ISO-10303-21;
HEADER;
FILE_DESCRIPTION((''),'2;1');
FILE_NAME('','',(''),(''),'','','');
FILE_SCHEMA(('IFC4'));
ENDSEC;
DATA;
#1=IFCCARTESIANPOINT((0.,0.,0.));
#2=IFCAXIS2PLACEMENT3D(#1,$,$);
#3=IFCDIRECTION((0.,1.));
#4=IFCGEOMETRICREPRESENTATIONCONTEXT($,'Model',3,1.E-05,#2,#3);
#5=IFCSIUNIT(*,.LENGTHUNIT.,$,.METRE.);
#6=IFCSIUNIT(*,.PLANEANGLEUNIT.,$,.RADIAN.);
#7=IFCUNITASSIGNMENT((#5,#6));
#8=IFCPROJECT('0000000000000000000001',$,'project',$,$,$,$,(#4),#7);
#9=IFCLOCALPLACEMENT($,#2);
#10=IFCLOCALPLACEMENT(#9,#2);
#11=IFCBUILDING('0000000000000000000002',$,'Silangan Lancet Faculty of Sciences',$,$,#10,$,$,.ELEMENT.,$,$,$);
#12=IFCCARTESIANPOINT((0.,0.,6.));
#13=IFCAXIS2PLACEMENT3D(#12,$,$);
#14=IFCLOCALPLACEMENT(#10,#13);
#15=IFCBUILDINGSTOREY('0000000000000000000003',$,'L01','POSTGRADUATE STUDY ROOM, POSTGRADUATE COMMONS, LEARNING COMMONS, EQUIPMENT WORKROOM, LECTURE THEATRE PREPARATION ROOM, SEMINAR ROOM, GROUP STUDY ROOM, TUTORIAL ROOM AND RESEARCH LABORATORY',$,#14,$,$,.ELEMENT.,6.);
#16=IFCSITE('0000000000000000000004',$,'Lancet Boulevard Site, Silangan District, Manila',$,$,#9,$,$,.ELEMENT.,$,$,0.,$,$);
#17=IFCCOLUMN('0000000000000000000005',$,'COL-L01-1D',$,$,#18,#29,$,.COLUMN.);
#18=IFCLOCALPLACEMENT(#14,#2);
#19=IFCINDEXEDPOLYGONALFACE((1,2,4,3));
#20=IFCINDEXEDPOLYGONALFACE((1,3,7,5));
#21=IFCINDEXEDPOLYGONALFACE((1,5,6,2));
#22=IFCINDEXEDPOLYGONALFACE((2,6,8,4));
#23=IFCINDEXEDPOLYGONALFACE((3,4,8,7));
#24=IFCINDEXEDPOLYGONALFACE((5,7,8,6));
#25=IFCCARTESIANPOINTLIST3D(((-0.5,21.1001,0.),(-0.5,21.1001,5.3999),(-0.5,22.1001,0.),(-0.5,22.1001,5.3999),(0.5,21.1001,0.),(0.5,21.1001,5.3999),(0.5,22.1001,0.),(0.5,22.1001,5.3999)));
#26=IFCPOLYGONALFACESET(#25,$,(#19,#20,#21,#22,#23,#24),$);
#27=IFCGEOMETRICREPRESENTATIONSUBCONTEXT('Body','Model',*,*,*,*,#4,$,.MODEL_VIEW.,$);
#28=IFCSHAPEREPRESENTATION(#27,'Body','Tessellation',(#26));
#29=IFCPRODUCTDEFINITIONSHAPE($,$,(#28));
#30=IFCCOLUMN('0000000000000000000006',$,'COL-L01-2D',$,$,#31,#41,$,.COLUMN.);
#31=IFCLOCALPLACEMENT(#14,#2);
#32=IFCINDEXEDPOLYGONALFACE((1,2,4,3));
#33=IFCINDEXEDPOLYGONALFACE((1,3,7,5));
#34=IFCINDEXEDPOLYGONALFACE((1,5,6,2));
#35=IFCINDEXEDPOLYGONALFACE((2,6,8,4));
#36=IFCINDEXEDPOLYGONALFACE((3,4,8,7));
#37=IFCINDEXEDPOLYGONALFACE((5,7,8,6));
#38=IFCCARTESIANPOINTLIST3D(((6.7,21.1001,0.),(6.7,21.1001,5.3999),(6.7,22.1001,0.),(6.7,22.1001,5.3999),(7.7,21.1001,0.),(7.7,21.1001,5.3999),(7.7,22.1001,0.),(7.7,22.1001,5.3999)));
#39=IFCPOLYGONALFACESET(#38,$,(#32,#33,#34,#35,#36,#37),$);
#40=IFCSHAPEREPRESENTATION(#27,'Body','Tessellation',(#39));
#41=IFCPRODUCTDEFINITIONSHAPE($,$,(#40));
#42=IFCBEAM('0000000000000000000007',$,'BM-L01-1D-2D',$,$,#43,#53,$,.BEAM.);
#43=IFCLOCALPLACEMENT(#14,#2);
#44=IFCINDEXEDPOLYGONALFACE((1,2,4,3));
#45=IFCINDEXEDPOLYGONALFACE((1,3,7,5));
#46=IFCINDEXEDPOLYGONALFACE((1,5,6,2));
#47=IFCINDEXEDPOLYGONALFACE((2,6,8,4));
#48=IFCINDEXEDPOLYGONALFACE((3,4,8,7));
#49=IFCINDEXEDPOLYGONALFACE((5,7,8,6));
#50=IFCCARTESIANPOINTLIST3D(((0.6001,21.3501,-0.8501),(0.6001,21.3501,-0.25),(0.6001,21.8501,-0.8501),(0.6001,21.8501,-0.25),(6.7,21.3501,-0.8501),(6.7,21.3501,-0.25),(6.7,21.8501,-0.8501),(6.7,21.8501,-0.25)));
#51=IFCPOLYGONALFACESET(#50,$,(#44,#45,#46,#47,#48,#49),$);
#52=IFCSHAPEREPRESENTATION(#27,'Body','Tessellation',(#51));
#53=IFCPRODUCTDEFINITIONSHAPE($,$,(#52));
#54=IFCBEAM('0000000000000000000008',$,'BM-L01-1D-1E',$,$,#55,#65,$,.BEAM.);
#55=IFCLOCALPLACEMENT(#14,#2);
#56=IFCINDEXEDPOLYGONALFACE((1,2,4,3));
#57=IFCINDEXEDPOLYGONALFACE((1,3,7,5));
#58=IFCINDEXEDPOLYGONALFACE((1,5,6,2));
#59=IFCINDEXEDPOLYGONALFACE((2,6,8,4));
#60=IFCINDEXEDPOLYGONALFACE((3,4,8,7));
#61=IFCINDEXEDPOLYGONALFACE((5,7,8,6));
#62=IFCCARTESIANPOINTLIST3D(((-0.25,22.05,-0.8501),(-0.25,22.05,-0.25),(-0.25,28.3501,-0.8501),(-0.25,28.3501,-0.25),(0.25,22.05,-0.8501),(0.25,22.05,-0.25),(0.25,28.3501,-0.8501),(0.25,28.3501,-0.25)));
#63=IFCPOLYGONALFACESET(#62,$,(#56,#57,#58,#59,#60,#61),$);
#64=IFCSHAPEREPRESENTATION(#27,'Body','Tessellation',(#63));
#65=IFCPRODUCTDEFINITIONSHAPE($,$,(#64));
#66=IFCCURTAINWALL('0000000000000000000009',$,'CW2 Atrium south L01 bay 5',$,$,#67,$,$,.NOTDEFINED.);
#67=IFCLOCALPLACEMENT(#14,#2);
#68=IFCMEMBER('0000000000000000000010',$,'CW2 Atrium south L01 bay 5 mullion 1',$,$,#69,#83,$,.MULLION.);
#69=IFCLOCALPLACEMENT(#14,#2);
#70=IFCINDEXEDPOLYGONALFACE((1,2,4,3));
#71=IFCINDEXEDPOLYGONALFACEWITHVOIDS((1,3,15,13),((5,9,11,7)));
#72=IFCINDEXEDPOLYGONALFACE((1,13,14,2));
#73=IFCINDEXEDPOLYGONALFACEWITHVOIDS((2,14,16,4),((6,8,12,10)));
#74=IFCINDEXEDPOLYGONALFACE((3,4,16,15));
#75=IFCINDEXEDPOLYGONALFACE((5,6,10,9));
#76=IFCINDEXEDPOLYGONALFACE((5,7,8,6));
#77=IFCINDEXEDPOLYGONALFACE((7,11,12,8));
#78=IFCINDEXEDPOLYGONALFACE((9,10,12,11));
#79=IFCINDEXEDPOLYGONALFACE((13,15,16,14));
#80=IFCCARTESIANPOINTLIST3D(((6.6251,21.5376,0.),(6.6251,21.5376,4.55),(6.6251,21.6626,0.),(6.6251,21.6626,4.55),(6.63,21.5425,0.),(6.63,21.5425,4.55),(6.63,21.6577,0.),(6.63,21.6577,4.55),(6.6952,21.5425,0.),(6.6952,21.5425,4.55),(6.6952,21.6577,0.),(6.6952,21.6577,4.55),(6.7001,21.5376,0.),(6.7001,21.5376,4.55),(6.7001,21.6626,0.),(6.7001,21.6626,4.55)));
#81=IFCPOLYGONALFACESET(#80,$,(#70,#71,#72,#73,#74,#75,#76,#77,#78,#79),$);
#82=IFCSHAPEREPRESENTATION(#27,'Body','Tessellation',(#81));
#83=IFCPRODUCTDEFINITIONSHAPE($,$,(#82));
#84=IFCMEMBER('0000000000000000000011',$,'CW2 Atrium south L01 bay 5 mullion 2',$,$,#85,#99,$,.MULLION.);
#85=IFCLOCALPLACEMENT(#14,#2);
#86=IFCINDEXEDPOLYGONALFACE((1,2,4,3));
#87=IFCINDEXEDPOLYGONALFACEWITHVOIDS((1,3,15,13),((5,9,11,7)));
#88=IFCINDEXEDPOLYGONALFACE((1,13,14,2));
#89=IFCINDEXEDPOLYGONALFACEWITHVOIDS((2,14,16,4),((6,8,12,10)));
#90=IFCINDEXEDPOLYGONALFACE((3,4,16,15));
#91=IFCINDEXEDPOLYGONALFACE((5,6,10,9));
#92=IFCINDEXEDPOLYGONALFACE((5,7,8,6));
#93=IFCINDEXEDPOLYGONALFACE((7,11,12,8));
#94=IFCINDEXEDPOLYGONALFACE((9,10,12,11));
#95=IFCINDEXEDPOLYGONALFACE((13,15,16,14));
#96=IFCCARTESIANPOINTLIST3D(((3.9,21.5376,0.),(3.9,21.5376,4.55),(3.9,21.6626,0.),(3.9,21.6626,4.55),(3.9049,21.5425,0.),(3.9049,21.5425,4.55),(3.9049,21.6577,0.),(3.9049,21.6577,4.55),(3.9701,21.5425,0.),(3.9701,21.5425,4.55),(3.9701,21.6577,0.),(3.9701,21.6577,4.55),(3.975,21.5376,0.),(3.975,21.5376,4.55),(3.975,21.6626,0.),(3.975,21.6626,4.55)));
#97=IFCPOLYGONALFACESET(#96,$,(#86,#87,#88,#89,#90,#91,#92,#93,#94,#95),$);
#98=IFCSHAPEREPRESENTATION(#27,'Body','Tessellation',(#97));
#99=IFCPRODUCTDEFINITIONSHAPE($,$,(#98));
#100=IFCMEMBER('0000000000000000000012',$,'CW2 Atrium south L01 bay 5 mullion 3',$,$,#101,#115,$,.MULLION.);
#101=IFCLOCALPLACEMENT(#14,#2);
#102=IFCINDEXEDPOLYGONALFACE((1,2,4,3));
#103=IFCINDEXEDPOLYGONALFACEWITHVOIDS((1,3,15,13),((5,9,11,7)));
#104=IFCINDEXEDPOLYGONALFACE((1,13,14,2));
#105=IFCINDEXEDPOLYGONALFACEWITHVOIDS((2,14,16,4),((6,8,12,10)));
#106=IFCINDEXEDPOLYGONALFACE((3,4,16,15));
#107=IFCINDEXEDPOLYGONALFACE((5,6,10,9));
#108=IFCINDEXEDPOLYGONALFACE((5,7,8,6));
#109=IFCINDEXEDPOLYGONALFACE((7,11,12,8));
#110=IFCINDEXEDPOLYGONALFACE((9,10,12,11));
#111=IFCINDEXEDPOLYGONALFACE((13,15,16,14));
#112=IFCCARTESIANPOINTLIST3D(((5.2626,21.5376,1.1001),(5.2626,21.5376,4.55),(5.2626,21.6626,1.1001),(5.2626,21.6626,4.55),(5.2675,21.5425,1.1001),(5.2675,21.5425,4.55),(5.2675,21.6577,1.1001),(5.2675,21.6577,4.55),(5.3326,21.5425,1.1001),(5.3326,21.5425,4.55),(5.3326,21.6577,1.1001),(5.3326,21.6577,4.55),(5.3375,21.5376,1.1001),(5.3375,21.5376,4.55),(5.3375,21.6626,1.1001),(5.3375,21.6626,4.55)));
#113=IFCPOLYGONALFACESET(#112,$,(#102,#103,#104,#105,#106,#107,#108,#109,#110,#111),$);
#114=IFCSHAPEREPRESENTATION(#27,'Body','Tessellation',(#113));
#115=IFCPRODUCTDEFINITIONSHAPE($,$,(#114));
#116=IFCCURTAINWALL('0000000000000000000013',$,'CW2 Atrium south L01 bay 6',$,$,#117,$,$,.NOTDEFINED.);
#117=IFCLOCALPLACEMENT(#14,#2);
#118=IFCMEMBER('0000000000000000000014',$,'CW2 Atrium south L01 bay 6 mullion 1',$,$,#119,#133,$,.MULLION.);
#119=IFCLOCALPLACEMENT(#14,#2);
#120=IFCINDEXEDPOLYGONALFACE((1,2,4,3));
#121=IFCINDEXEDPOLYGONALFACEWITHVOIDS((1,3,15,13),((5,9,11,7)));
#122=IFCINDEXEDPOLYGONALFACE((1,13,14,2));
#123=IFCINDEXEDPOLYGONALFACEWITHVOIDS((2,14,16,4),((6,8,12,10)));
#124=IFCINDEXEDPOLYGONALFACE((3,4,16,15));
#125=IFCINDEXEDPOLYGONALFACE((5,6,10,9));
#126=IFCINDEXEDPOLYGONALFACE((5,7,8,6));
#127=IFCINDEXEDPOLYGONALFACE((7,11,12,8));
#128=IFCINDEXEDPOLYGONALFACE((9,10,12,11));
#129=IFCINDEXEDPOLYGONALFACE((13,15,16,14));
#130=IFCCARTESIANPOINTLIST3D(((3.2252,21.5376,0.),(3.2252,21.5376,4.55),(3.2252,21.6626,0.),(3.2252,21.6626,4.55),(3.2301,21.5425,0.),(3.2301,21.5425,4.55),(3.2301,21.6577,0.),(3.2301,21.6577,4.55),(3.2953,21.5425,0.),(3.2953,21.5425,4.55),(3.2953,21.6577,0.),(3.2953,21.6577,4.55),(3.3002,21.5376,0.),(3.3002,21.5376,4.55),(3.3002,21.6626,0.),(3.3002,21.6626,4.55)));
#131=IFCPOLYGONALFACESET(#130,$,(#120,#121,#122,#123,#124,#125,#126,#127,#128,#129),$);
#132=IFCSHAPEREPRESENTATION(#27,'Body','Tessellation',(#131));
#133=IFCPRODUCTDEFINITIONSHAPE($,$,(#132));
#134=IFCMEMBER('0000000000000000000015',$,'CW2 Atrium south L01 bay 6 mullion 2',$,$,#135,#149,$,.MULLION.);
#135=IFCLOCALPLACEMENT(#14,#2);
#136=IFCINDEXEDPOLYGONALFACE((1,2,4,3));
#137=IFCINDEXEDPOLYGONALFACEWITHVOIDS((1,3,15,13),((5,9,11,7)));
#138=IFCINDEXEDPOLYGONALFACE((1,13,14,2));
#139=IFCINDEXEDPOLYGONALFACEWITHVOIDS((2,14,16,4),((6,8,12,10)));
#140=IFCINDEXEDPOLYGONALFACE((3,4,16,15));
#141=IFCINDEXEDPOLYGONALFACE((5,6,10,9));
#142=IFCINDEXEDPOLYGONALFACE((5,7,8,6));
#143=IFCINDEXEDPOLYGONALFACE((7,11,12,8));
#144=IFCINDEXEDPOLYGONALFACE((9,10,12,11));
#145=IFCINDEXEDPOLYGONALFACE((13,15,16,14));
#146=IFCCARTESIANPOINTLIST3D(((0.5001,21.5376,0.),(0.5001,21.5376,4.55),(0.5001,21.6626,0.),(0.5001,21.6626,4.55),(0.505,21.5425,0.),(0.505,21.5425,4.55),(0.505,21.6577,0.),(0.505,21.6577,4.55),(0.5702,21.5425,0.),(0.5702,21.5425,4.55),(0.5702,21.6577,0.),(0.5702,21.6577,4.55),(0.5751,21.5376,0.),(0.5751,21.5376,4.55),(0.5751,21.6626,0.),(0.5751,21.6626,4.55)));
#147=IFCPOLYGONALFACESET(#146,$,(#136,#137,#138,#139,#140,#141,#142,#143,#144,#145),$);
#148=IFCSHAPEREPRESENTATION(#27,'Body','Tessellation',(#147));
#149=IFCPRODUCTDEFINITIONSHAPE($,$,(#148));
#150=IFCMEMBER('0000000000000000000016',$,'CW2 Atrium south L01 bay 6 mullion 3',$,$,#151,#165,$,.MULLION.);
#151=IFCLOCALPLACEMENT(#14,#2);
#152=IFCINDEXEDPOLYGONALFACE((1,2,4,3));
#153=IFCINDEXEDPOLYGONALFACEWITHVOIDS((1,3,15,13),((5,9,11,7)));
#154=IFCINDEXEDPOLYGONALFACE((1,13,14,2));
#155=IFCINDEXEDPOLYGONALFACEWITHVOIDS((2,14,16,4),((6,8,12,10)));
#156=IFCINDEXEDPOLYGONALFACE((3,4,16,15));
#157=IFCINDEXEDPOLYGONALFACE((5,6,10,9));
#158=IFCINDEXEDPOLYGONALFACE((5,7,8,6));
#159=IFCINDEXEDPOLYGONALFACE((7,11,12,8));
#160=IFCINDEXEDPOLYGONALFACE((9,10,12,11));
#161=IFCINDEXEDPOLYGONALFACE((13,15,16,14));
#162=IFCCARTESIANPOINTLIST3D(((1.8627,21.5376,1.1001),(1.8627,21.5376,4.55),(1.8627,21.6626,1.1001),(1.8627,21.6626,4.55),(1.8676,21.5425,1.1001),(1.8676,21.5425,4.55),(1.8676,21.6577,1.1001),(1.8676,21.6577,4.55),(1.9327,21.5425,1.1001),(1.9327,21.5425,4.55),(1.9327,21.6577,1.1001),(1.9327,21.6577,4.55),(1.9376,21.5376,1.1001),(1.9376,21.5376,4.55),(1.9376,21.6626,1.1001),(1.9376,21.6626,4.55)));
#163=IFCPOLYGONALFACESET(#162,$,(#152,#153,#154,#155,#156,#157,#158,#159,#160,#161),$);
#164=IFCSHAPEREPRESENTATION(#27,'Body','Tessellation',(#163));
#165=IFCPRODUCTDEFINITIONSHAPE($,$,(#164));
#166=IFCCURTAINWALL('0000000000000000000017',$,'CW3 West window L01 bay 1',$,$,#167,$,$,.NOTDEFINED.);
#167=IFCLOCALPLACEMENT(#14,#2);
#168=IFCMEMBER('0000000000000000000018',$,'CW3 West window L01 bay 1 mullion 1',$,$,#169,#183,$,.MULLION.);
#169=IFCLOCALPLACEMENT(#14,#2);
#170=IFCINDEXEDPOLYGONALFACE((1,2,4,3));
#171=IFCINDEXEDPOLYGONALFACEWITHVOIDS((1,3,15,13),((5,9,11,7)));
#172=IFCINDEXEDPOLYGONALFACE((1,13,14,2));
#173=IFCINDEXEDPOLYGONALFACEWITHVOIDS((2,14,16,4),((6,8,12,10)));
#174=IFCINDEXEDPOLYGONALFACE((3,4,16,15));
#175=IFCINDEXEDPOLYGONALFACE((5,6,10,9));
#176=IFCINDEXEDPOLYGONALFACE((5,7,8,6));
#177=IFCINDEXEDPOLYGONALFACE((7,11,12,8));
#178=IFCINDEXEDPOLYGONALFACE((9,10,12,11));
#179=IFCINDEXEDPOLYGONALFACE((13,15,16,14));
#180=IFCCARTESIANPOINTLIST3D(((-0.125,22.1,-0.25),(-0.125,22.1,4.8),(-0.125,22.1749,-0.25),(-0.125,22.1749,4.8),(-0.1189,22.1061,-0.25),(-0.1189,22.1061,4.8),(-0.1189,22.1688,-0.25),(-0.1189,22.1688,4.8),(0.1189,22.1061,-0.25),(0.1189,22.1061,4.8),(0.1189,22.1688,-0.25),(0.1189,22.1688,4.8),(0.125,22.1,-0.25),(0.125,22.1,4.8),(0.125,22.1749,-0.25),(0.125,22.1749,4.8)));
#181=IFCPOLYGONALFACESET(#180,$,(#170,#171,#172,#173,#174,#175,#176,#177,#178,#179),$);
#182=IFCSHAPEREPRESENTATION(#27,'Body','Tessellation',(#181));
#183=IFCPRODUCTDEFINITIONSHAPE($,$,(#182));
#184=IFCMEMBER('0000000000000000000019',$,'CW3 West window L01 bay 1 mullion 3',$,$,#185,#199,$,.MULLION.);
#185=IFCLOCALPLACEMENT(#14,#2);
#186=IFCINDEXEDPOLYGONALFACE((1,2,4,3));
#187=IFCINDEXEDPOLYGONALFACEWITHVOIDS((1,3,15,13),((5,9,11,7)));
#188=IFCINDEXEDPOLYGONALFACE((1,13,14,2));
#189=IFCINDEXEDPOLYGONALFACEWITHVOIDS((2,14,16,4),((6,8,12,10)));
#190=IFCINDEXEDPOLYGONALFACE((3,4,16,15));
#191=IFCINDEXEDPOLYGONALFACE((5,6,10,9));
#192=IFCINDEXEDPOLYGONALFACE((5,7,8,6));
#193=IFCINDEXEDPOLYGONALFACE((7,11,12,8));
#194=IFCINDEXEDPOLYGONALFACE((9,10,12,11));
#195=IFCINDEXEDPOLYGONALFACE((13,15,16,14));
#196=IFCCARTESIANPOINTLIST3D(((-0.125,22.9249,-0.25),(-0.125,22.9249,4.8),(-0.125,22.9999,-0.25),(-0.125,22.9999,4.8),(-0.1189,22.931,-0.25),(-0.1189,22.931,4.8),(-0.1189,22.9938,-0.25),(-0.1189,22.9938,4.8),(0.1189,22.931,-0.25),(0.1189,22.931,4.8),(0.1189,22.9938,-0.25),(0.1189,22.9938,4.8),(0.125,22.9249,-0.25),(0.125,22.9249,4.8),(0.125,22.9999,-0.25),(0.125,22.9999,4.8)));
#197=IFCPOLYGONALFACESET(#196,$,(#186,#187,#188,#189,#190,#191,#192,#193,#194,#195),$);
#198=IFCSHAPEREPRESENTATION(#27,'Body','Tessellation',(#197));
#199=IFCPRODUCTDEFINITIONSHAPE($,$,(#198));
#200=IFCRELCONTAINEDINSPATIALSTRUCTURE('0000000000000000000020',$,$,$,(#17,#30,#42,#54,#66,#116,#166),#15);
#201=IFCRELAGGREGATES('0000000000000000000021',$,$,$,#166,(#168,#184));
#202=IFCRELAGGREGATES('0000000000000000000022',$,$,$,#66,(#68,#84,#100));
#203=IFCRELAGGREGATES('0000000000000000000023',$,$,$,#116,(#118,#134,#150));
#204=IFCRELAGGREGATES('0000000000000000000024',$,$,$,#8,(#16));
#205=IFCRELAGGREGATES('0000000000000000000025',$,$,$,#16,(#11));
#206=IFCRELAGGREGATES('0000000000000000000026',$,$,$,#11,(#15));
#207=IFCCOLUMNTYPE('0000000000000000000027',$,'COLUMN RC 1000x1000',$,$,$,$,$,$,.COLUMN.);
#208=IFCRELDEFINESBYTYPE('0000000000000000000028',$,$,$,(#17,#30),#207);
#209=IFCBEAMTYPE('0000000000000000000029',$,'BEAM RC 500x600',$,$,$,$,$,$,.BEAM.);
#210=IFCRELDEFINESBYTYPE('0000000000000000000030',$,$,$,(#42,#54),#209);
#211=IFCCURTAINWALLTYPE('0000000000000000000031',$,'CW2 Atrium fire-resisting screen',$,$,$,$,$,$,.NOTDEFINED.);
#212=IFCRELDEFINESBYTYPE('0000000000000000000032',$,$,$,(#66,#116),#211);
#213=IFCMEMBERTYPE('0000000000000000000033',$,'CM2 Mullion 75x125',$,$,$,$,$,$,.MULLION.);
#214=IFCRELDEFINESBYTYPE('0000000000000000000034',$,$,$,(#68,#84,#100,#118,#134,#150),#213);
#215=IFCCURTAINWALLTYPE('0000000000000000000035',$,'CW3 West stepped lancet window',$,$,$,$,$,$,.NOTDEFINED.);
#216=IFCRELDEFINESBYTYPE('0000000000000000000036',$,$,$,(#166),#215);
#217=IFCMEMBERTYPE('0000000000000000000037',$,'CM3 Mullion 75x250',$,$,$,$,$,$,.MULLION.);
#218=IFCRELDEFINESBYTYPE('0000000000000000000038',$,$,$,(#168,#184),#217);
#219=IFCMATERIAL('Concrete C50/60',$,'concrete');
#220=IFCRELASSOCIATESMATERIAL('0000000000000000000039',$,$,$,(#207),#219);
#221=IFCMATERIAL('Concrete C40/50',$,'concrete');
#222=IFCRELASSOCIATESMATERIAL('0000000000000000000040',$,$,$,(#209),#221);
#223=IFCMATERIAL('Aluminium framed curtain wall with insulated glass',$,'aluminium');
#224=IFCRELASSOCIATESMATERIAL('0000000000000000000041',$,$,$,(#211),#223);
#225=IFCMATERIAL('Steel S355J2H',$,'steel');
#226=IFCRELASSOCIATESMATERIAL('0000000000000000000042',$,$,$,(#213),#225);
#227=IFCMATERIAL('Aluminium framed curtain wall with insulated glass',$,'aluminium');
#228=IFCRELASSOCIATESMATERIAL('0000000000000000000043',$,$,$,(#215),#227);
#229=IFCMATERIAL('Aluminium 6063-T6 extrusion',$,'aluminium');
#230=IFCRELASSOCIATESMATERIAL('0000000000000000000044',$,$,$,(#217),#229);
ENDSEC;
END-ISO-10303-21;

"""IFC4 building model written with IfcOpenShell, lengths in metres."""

from ifc_helpers import new_model, si_unit, direction, frame, origin, origin_2d, place, context, subcontext, project, spatial, rectangle, hollow_rectangle, extrude, material, material_profile, profile_set, type_object, element, aggregate, save


model = new_model("IFC4")

# Units and contexts
model_context = context("Model", 3, precision=1e-05, world=origin(), true_north=direction((0.0, 1.0)))
body_context = subcontext(model_context, "Body", "Model", "MODEL_VIEW")
ifc_project = project(units=[si_unit("LENGTHUNIT", "METRE"), si_unit("PLANEANGLEUNIT", "RADIAN")], contexts=[model_context])

# Site, building, storey
site_placement = place(None, origin())
site = spatial("IfcSite", under=ifc_project, at=site_placement, Name="Lancet Boulevard Site, Silangan District, Manila", CompositionType="ELEMENT", RefElevation=0.0)
building_placement = place(site_placement, origin())
building = spatial("IfcBuilding", under=site, at=building_placement, Name="Silangan Lancet Faculty of Sciences", CompositionType="ELEMENT")
storey_placement = place(building_placement, frame((0.0, 0.0, 6.0)))
storey = spatial("IfcBuildingStorey", under=building, at=storey_placement, Name="L01", Description="POSTGRADUATE STUDY ROOM, POSTGRADUATE COMMONS, LEARNING COMMONS, EQUIPMENT WORKROOM, LECTURE THEATRE PREPARATION ROOM, SEMINAR ROOM, GROUP STUDY ROOM, TUTORIAL ROOM AND RESEARCH LABORATORY", CompositionType="ELEMENT", Elevation=6.0)

# Columns
ifc_material_1 = material(Name="Concrete C50/60", Category="concrete")
ifc_material_profile_1 = material_profile(ifc_material_1, rectangle(XDim=1.0, YDim=1.0, at=origin_2d()), Name="RC 1000x1000")
ifc_profile_set_1 = profile_set([ifc_material_profile_1], Name="Concrete C50/60")
column_type = type_object("IfcColumnType", Name="COLUMN RC 1000x1000", PredefinedType="COLUMN", material=ifc_profile_set_1)
for number, where, z_axis, x_axis, name in (
    (1, (0.0, 21.6001, 0.0), (0.0, 0.0, 1.0), (1.0, 0.0, 0.0), "COL-L01-1D"),
    (2, (7.2, 21.6001, 0.0), (0.0, 0.0, 1.0), (1.0, 0.0, 0.0), "COL-L01-2D"),
):
    element("IfcColumn", number, at=place(storey_placement, frame(where, z_axis=z_axis, x_axis=x_axis)), inside=storey, type_object=column_type, Name=name, PredefinedType="COLUMN", context=body_context, shape_type="SweptSolid", body=[
        extrude(rectangle(XDim=1.0, YDim=1.0, at=origin_2d()), origin(), (0.0, 0.0, 1.0), 5.3999),
    ])

# Beams
ifc_material_2 = material(Name="Concrete C40/50", Category="concrete")
ifc_material_profile_2 = material_profile(ifc_material_2, rectangle(XDim=0.5, YDim=0.6001, at=origin_2d()), Name="RC 500x600")
ifc_profile_set_2 = profile_set([ifc_material_profile_2], Name="Concrete C40/50")
beam_type = type_object("IfcBeamType", Name="BEAM RC 500x600", PredefinedType="BEAM", material=ifc_profile_set_2)
beam_1_placement = place(storey_placement, frame((0.6001, 21.6001, -0.55), z_axis=(1.0, 0.0, 0.0), x_axis=(0.0, 1.0, 0.0)))
element("IfcBeam", 3, at=beam_1_placement, inside=storey, type_object=beam_type, Name="BM-L01-1D-2D", PredefinedType="BEAM", context=body_context, shape_type="SweptSolid", body=[
    extrude(rectangle(XDim=0.5, YDim=0.6001, at=origin_2d()), origin(), (0.0, 0.0, 1.0), 6.0999),
])
beam_2_placement = place(storey_placement, frame((0.0, 22.05, -0.55), z_axis=(0.0, 1.0, 0.0), x_axis=(-1.0, 0.0, 0.0)))
element("IfcBeam", 4, at=beam_2_placement, inside=storey, type_object=beam_type, Name="BM-L01-1D-1E", PredefinedType="BEAM", context=body_context, shape_type="SweptSolid", body=[
    extrude(rectangle(XDim=0.5, YDim=0.6001, at=origin_2d()), origin(), (0.0, 0.0, 1.0), 6.3),
])

# Curtain walls, members
ifc_material_3 = material(Name="Aluminium framed curtain wall with insulated glass", Category="aluminium")
curtain_wall_type_1 = type_object("IfcCurtainWallType", Name="CW2 Atrium fire-resisting screen", PredefinedType="NOTDEFINED", material=ifc_material_3)
curtain_wall_1_placement = place(storey_placement, origin())
curtain_wall_1 = element("IfcCurtainWall", 5, at=curtain_wall_1_placement, inside=storey, type_object=curtain_wall_type_1, Name="CW2 Atrium south L01 bay 5", PredefinedType="NOTDEFINED")
ifc_material_4 = material(Name="Steel S355J2H", Category="steel")
ifc_material_profile_3 = material_profile(ifc_material_4, hollow_rectangle(XDim=0.075, YDim=0.125, WallThickness=0.0049, at=origin_2d()), Name="ST BOX 75x125x5")
ifc_profile_set_3 = profile_set([ifc_material_profile_3], Name="Steel S355J2H")
member_type_1 = type_object("IfcMemberType", Name="CM2 Mullion 75x125", PredefinedType="MULLION", material=ifc_profile_set_3)
member_1_placement = place(storey_placement, frame((6.6626, 21.6001, 0.0), z_axis=(0.0, 0.0, 1.0), x_axis=(-1.0, 0.0, 0.0)))
member_1 = element("IfcMember", 6, at=member_1_placement, type_object=member_type_1, Name="CW2 Atrium south L01 bay 5 mullion 1", PredefinedType="MULLION", context=body_context, shape_type="SweptSolid", body=[
    extrude(hollow_rectangle(XDim=0.075, YDim=0.125, WallThickness=0.0049, at=origin_2d()), origin(), (0.0, 0.0, 1.0), 4.55),
])
member_2_placement = place(storey_placement, frame((3.9375, 21.6001, 0.0), z_axis=(0.0, 0.0, 1.0), x_axis=(-1.0, 0.0, 0.0)))
member_2 = element("IfcMember", 7, at=member_2_placement, type_object=member_type_1, Name="CW2 Atrium south L01 bay 5 mullion 2", PredefinedType="MULLION", context=body_context, shape_type="SweptSolid", body=[
    extrude(hollow_rectangle(XDim=0.075, YDim=0.125, WallThickness=0.0049, at=origin_2d()), origin(), (0.0, 0.0, 1.0), 4.55),
])
member_3_placement = place(storey_placement, frame((5.3, 21.6001, 1.1001), z_axis=(0.0, 0.0, 1.0), x_axis=(-1.0, 0.0, 0.0)))
member_3 = element("IfcMember", 8, at=member_3_placement, type_object=member_type_1, Name="CW2 Atrium south L01 bay 5 mullion 3", PredefinedType="MULLION", context=body_context, shape_type="SweptSolid", body=[
    extrude(hollow_rectangle(XDim=0.075, YDim=0.125, WallThickness=0.0049, at=origin_2d()), origin(), (0.0, 0.0, 1.0), 3.45),
])
curtain_wall_2_placement = place(storey_placement, origin())
curtain_wall_2 = element("IfcCurtainWall", 9, at=curtain_wall_2_placement, inside=storey, type_object=curtain_wall_type_1, Name="CW2 Atrium south L01 bay 6", PredefinedType="NOTDEFINED")
member_4_placement = place(storey_placement, frame((3.2627, 21.6001, 0.0), z_axis=(0.0, 0.0, 1.0), x_axis=(-1.0, 0.0, 0.0)))
member_4 = element("IfcMember", 10, at=member_4_placement, type_object=member_type_1, Name="CW2 Atrium south L01 bay 6 mullion 1", PredefinedType="MULLION", context=body_context, shape_type="SweptSolid", body=[
    extrude(hollow_rectangle(XDim=0.075, YDim=0.125, WallThickness=0.0049, at=origin_2d()), origin(), (0.0, 0.0, 1.0), 4.55),
])
member_5_placement = place(storey_placement, frame((0.5376, 21.6001, 0.0), z_axis=(0.0, 0.0, 1.0), x_axis=(-1.0, 0.0, 0.0)))
member_5 = element("IfcMember", 11, at=member_5_placement, type_object=member_type_1, Name="CW2 Atrium south L01 bay 6 mullion 2", PredefinedType="MULLION", context=body_context, shape_type="SweptSolid", body=[
    extrude(hollow_rectangle(XDim=0.075, YDim=0.125, WallThickness=0.0049, at=origin_2d()), origin(), (0.0, 0.0, 1.0), 4.55),
])
member_6_placement = place(storey_placement, frame((1.9001, 21.6001, 1.1001), z_axis=(0.0, 0.0, 1.0), x_axis=(-1.0, 0.0, 0.0)))
member_6 = element("IfcMember", 12, at=member_6_placement, type_object=member_type_1, Name="CW2 Atrium south L01 bay 6 mullion 3", PredefinedType="MULLION", context=body_context, shape_type="SweptSolid", body=[
    extrude(hollow_rectangle(XDim=0.075, YDim=0.125, WallThickness=0.0049, at=origin_2d()), origin(), (0.0, 0.0, 1.0), 3.45),
])
ifc_material_5 = material(Name="Aluminium framed curtain wall with insulated glass", Category="aluminium")
curtain_wall_type_2 = type_object("IfcCurtainWallType", Name="CW3 West stepped lancet window", PredefinedType="NOTDEFINED", material=ifc_material_5)
curtain_wall_3_placement = place(storey_placement, origin())
curtain_wall_3 = element("IfcCurtainWall", 13, at=curtain_wall_3_placement, inside=storey, type_object=curtain_wall_type_2, Name="CW3 West window L01 bay 1", PredefinedType="NOTDEFINED")
ifc_material_6 = material(Name="Aluminium 6063-T6 extrusion", Category="aluminium")
ifc_material_profile_4 = material_profile(ifc_material_6, hollow_rectangle(XDim=0.075, YDim=0.25, WallThickness=0.0061, at=origin_2d()), Name="AL BOX 75x250x6")
ifc_profile_set_4 = profile_set([ifc_material_profile_4], Name="Aluminium 6063-T6 extrusion")
member_type_2 = type_object("IfcMemberType", Name="CM3 Mullion 75x250", PredefinedType="MULLION", material=ifc_profile_set_4)
member_7_placement = place(storey_placement, frame((0.0, 22.1375, -0.25), z_axis=(0.0, 0.0, 1.0), x_axis=(0.0, 1.0, 0.0)))
member_7 = element("IfcMember", 14, at=member_7_placement, type_object=member_type_2, Name="CW3 West window L01 bay 1 mullion 1", PredefinedType="MULLION", context=body_context, shape_type="SweptSolid", body=[
    extrude(hollow_rectangle(XDim=0.075, YDim=0.25, WallThickness=0.0061, at=origin_2d()), origin(), (0.0, 0.0, 1.0), 5.05),
])
member_8_placement = place(storey_placement, frame((0.0, 22.9624, -0.25), z_axis=(0.0, 0.0, 1.0), x_axis=(0.0, 1.0, 0.0)))
member_8 = element("IfcMember", 15, at=member_8_placement, type_object=member_type_2, Name="CW3 West window L01 bay 1 mullion 3", PredefinedType="MULLION", context=body_context, shape_type="SweptSolid", body=[
    extrude(hollow_rectangle(XDim=0.075, YDim=0.25, WallThickness=0.0061, at=origin_2d()), origin(), (0.0, 0.0, 1.0), 5.05),
])

aggregate(curtain_wall_3, [member_7, member_8])
aggregate(curtain_wall_1, [member_1, member_2, member_3])
aggregate(curtain_wall_2, [member_4, member_5, member_6])

save(model, "model.ifc")
